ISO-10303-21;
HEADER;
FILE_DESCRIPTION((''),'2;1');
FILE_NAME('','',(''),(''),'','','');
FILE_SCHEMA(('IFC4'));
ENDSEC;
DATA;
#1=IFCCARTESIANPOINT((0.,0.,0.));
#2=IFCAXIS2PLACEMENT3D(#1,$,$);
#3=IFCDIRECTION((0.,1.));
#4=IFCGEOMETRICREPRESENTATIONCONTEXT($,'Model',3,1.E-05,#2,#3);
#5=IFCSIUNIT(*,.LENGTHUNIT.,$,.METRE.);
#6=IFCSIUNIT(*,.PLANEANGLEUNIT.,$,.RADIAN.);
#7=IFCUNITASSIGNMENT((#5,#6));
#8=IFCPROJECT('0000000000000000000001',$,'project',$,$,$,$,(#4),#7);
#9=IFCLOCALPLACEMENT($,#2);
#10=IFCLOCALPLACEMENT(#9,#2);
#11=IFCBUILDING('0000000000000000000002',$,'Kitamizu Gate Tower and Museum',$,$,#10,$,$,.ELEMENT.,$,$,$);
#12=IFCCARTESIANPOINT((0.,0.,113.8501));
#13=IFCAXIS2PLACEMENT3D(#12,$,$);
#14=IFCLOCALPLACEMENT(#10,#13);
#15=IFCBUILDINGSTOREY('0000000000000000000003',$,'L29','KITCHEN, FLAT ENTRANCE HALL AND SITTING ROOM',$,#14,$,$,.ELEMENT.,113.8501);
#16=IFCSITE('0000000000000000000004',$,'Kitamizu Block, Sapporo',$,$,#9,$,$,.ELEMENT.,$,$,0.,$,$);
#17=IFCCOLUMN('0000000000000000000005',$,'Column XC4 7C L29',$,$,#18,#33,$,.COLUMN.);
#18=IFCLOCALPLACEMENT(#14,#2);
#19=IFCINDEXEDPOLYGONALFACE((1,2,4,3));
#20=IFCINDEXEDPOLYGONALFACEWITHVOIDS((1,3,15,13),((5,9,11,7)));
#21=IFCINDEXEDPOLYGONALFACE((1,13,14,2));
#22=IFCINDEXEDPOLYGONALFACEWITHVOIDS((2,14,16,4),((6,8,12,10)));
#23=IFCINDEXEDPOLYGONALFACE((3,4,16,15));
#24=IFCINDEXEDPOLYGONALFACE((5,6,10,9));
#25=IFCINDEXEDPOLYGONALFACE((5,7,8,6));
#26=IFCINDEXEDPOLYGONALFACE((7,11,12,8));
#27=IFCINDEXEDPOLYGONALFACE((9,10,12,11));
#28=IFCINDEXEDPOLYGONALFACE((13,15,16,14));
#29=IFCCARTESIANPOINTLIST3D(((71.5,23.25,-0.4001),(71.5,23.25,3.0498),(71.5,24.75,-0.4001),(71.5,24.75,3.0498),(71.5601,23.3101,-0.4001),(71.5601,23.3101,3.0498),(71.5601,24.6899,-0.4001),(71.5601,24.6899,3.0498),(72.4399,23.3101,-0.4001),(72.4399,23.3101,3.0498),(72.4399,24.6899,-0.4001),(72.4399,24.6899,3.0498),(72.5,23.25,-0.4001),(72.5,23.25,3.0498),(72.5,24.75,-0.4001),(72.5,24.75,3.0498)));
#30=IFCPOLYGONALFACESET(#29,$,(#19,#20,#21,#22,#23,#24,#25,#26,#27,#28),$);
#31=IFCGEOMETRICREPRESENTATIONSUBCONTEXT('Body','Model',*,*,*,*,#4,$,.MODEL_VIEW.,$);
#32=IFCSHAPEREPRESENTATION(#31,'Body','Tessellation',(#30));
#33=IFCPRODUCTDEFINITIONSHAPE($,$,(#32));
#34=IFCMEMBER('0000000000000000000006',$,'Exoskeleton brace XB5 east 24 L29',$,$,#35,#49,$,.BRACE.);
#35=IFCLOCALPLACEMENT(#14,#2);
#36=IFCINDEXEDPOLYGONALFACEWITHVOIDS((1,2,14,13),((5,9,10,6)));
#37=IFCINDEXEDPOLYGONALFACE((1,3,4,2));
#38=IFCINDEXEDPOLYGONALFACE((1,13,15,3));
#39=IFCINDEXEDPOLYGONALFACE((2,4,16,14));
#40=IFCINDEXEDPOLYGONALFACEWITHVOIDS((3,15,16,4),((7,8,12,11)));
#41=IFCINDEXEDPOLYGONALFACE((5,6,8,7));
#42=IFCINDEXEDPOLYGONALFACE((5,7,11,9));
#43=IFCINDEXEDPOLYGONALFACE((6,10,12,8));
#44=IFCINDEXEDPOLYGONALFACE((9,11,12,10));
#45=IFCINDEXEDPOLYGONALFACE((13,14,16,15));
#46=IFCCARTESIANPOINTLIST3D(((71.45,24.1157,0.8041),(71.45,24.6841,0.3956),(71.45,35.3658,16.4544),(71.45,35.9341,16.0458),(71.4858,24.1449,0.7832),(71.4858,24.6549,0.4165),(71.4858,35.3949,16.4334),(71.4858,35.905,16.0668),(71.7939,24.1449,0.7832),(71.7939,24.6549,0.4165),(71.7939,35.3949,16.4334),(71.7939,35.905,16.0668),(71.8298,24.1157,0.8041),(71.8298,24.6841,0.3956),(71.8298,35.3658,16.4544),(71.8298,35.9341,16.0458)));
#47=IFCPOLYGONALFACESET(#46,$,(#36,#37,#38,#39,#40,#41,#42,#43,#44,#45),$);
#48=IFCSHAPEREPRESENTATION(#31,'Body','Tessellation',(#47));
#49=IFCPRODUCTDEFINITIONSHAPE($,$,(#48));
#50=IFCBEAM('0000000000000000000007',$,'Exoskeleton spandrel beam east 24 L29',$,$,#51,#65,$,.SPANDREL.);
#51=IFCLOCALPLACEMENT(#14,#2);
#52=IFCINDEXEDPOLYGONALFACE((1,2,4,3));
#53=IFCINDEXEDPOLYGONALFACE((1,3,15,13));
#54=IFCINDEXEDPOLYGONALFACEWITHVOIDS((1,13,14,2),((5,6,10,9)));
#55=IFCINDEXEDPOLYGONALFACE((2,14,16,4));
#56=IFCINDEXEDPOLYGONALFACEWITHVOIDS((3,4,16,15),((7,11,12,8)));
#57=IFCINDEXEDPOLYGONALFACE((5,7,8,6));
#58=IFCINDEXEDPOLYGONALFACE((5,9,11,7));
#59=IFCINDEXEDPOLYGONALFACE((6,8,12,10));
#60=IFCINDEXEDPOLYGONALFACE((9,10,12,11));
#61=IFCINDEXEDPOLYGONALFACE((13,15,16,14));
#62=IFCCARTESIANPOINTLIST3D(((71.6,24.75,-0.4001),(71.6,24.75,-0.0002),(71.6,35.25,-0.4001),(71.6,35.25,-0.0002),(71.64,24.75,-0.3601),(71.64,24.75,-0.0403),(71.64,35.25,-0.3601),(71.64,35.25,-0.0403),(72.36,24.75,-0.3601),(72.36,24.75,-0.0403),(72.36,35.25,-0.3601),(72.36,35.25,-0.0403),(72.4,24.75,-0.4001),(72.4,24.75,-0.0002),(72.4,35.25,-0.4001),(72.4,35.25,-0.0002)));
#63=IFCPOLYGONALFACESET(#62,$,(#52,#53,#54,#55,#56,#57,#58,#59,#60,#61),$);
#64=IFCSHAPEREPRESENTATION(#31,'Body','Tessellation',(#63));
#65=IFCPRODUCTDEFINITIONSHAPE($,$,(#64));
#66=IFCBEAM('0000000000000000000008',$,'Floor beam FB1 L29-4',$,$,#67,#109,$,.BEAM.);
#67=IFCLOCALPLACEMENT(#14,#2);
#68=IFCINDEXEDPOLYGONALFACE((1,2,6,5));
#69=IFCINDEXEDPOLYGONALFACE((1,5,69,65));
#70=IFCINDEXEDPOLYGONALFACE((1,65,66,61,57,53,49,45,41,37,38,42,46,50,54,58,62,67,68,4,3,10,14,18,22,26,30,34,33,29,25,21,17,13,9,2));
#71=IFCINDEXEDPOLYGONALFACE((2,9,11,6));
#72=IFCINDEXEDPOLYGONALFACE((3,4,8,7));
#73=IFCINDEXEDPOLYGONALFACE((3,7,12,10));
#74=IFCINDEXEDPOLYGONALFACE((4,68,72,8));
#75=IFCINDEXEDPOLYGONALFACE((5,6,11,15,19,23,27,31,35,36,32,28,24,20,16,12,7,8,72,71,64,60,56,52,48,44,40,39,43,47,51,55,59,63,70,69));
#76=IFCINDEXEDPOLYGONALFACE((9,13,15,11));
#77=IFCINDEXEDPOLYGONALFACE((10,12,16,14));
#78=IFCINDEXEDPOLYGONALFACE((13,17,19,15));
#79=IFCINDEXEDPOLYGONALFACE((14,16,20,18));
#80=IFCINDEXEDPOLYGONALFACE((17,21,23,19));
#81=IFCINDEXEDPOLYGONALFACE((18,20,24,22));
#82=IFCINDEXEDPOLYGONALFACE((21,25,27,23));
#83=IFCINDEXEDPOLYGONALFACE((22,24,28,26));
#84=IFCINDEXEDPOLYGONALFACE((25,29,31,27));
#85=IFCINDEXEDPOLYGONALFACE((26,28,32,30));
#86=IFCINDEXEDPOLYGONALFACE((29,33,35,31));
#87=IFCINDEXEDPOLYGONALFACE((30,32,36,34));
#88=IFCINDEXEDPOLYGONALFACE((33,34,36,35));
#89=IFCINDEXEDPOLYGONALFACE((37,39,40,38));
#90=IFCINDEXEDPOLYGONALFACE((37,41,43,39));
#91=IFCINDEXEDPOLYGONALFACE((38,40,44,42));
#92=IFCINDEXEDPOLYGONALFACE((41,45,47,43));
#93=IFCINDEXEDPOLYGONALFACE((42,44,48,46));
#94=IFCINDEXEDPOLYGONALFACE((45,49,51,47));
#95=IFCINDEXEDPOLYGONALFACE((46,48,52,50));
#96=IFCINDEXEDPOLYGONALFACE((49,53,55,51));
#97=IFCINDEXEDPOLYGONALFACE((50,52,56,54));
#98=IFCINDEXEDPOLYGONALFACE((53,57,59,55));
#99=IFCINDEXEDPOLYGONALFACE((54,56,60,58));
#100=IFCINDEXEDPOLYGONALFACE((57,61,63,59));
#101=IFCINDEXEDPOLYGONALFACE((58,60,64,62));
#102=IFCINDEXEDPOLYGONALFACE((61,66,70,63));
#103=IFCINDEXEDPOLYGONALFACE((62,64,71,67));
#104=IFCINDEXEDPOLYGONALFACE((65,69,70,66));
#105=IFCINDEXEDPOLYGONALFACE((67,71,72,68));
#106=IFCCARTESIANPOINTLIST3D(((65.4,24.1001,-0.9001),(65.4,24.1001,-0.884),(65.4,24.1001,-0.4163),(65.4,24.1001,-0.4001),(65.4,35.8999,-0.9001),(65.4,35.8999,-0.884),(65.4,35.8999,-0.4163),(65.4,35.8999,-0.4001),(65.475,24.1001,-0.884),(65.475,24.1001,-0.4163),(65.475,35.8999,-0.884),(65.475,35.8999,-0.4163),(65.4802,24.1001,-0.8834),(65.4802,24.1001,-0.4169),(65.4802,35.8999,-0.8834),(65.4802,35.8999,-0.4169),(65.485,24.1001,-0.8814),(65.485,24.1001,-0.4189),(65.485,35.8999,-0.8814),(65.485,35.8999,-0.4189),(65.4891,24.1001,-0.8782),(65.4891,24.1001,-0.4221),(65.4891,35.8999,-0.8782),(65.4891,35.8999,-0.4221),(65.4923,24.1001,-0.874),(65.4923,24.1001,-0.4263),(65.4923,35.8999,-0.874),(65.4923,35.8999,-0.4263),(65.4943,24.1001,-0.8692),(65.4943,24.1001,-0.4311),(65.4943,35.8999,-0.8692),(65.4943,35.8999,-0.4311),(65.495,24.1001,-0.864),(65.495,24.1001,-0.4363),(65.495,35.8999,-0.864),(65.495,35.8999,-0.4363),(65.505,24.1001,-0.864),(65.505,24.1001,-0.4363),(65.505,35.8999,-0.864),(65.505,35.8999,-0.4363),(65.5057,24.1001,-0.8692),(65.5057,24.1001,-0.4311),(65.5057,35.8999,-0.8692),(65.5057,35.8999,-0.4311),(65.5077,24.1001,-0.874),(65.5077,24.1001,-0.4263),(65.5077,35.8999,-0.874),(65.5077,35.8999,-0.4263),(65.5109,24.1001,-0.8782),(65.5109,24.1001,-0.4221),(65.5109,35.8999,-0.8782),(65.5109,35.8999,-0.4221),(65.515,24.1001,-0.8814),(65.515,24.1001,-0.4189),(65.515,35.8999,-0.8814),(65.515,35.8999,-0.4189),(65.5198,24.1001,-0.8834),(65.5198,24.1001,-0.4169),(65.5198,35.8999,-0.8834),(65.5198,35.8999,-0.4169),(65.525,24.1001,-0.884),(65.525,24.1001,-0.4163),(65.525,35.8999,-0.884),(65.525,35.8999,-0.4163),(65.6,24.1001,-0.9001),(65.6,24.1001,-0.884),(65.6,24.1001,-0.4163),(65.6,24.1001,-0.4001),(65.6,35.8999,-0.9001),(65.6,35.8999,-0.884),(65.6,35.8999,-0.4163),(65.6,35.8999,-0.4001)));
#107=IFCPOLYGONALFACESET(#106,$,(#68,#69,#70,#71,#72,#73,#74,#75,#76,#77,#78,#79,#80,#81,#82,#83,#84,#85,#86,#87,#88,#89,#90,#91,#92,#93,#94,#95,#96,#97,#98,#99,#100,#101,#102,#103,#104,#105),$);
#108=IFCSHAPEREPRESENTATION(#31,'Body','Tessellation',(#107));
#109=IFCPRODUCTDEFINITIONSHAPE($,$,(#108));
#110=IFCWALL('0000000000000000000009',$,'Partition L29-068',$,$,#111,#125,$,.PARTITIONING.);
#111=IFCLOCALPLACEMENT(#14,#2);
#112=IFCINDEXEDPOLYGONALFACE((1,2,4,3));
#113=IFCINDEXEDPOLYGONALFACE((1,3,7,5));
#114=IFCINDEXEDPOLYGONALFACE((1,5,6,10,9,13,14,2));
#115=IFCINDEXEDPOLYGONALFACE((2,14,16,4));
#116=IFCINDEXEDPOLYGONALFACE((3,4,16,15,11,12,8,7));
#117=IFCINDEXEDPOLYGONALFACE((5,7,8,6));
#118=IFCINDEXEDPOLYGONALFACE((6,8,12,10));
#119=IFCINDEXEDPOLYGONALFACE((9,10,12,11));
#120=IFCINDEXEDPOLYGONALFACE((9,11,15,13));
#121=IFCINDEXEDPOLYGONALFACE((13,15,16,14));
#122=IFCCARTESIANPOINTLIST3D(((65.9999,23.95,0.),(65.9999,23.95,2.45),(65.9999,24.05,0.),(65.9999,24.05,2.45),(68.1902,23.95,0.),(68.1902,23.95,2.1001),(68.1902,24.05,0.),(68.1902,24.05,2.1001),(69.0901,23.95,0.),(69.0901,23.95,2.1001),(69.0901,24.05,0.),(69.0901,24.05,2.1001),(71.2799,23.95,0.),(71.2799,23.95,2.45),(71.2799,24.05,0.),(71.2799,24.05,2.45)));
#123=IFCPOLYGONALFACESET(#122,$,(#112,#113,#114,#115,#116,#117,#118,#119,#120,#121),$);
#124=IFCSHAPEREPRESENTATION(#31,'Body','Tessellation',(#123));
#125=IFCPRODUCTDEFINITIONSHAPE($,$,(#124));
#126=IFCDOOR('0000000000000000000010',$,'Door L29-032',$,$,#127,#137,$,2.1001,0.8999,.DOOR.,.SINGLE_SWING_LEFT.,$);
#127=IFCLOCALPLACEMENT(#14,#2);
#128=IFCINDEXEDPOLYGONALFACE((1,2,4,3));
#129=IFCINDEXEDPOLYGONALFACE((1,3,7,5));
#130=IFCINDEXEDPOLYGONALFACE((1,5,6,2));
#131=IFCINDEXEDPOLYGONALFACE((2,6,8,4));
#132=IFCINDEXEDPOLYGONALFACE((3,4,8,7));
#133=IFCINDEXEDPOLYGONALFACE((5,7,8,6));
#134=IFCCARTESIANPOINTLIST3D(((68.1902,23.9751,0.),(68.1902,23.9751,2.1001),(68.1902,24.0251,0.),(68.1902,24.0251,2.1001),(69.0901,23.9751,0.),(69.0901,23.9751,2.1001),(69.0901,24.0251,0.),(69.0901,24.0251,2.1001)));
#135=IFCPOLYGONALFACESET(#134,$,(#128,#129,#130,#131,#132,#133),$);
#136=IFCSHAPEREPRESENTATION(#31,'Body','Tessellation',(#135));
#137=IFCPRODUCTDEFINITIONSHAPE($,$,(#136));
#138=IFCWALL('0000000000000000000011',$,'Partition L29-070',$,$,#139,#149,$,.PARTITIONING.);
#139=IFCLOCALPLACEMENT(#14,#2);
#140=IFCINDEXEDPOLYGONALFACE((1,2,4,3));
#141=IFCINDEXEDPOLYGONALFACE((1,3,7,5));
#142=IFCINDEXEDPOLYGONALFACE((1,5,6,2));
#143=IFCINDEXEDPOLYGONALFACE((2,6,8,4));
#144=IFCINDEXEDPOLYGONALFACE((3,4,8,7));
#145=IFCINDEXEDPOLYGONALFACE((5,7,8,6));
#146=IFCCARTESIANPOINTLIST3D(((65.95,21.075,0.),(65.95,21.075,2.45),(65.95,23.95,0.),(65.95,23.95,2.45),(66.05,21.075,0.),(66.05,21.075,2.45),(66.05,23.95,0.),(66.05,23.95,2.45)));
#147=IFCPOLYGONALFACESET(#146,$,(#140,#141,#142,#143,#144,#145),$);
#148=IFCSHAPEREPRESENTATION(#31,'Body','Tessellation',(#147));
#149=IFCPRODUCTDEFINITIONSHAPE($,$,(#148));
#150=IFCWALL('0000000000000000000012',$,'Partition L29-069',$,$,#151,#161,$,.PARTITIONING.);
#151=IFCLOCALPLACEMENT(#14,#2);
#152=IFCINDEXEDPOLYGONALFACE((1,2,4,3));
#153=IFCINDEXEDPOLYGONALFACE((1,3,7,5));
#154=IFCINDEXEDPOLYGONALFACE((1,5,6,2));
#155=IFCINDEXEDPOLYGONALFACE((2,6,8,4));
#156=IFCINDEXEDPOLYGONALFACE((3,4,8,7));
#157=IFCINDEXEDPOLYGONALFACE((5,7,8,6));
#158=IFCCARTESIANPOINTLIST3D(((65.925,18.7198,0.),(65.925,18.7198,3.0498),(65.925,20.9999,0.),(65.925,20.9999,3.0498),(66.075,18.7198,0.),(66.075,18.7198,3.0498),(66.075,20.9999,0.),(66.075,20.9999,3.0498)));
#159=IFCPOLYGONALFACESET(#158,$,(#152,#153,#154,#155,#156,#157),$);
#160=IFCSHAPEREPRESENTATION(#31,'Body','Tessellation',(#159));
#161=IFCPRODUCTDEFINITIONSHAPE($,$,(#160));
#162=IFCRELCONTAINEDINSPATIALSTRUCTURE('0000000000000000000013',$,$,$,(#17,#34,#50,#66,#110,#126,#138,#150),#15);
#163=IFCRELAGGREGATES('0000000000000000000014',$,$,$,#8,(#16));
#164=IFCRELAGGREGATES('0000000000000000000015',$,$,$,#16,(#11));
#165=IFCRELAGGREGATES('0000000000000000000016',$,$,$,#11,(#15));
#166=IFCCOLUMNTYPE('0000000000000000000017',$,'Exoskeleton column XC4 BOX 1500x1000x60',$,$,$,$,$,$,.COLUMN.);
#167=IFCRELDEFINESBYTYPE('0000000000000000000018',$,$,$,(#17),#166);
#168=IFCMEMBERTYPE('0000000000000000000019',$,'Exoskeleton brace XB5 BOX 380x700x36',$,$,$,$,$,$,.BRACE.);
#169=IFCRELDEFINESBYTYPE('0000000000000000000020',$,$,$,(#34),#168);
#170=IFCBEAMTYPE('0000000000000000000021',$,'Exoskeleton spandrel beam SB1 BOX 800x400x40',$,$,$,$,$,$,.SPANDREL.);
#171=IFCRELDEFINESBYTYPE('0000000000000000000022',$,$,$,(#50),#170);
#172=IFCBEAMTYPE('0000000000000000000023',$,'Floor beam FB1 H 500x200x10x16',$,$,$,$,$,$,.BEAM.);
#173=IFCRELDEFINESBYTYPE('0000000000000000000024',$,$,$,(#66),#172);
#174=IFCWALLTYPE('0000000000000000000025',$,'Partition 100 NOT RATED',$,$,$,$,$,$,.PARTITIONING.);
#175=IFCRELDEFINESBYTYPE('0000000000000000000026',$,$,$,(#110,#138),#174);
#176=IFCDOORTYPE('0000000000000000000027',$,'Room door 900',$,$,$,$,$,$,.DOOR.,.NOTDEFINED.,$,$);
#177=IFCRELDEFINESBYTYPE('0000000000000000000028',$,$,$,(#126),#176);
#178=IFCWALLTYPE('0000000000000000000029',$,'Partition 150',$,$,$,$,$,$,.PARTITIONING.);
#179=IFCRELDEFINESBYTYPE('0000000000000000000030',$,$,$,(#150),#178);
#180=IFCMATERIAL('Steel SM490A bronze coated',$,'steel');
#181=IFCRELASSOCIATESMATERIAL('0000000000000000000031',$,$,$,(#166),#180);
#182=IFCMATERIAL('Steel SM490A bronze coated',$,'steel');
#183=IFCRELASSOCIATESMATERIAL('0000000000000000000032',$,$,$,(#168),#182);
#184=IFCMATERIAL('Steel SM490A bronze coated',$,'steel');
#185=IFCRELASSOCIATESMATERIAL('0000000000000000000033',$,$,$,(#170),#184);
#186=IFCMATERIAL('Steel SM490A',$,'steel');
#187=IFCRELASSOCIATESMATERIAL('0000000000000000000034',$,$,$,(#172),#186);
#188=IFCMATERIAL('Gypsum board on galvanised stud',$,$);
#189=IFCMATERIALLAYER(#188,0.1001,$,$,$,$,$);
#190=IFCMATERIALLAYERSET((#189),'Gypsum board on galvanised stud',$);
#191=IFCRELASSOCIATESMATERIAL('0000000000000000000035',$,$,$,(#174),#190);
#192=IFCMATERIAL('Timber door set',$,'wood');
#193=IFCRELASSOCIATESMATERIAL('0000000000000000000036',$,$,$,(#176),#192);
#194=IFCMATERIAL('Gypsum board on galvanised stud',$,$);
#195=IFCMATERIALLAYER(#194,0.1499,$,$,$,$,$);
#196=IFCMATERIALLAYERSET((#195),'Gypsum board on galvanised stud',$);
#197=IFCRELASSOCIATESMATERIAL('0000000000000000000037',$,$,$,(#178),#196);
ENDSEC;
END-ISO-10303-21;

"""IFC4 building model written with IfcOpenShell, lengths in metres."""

from ifc_helpers import new_model, si_unit, direction, frame, frame_2d, origin, origin_2d, place, context, subcontext, project, spatial, rectangle, hollow_rectangle, i_section, extrude, material, layer, layer_set, material_profile, profile_set, type_object, element, fill, save


model = new_model("IFC4")

# Units and contexts
model_context = context("Model", 3, precision=1e-05, world=origin(), true_north=direction((0.0, 1.0)))
body_context = subcontext(model_context, "Body", "Model", "MODEL_VIEW")
ifc_project = project(units=[si_unit("LENGTHUNIT", "METRE"), si_unit("PLANEANGLEUNIT", "RADIAN")], contexts=[model_context])

# Site, building, storey
site_placement = place(None, origin())
site = spatial("IfcSite", under=ifc_project, at=site_placement, Name="Kitamizu Block, Sapporo", CompositionType="ELEMENT", RefElevation=0.0)
building_placement = place(site_placement, origin())
building = spatial("IfcBuilding", under=site, at=building_placement, Name="Kitamizu Gate Tower and Museum", CompositionType="ELEMENT")
storey_placement = place(building_placement, frame((0.0, 0.0, 113.8501)))
storey = spatial("IfcBuildingStorey", under=building, at=storey_placement, Name="L29", Description="KITCHEN, FLAT ENTRANCE HALL AND SITTING ROOM", CompositionType="ELEMENT", Elevation=113.8501)

# Column
ifc_material_1 = material(Name="Steel SM490A bronze coated", Category="steel")
ifc_material_profile_1 = material_profile(ifc_material_1, hollow_rectangle(XDim=1.5, YDim=1.0, WallThickness=0.0601, at=origin_2d()), Name="BOX 1500x1000x60")
ifc_profile_set_1 = profile_set([ifc_material_profile_1], Name="Steel SM490A bronze coated")
column_type = type_object("IfcColumnType", Name="Exoskeleton column XC4 BOX 1500x1000x60", PredefinedType="COLUMN", material=ifc_profile_set_1)
column_placement = place(storey_placement, frame((72.0, 24.0, -0.4001), z_axis=(0.0, 0.0, 1.0), x_axis=(0.0, 1.0, 0.0)))
element("IfcColumn", 1, at=column_placement, inside=storey, type_object=column_type, Name="Column XC4 7C L29", PredefinedType="COLUMN", context=body_context, shape_type="SweptSolid", body=[
    extrude(hollow_rectangle(XDim=1.5, YDim=1.0, WallThickness=0.0601, at=origin_2d()), origin(), (0.0, 0.0, 1.0), 3.45),
])

# Member
ifc_material_2 = material(Name="Steel SM490A bronze coated", Category="steel")
ifc_material_profile_2 = material_profile(ifc_material_2, hollow_rectangle(XDim=0.3799, YDim=0.7, WallThickness=0.0359, at=origin_2d()), Name="BOX 380x700x36")
ifc_profile_set_2 = profile_set([ifc_material_profile_2], Name="Steel SM490A bronze coated")
member_type = type_object("IfcMemberType", Name="Exoskeleton brace XB5 BOX 380x700x36", PredefinedType="BRACE", material=ifc_profile_set_2)
member_placement = place(storey_placement, frame((71.6399, 24.3999, 0.5999), z_axis=(0.0, 0.583686, 0.81198), x_axis=(-1.0, 0.0, 0.0)))
element("IfcMember", 2, at=member_placement, inside=storey, type_object=member_type, Name="Exoskeleton brace XB5 east 24 L29", PredefinedType="BRACE", context=body_context, shape_type="SweptSolid", body=[
    extrude(hollow_rectangle(XDim=0.3799, YDim=0.7, WallThickness=0.0359, at=origin_2d()), origin(), (0.0, 0.0, 1.0), 19.2742),
])

# Beams
ifc_material_3 = material(Name="Steel SM490A bronze coated", Category="steel")
ifc_material_profile_3 = material_profile(ifc_material_3, hollow_rectangle(XDim=0.8, YDim=0.3999, WallThickness=0.04, at=origin_2d()), Name="BOX 800x400x40")
ifc_profile_set_3 = profile_set([ifc_material_profile_3], Name="Steel SM490A bronze coated")
beam_type_1 = type_object("IfcBeamType", Name="Exoskeleton spandrel beam SB1 BOX 800x400x40", PredefinedType="SPANDREL", material=ifc_profile_set_3)
beam_1_placement = place(storey_placement, frame((72.0, 24.75, -0.2002), z_axis=(0.0, 1.0, 0.0), x_axis=(-1.0, 0.0, 0.0)))
element("IfcBeam", 3, at=beam_1_placement, inside=storey, type_object=beam_type_1, Name="Exoskeleton spandrel beam east 24 L29", PredefinedType="SPANDREL", context=body_context, shape_type="SweptSolid", body=[
    extrude(hollow_rectangle(XDim=0.8, YDim=0.3999, WallThickness=0.04, at=origin_2d()), origin(), (0.0, 0.0, 1.0), 10.5),
])
ifc_material_4 = material(Name="Steel SM490A", Category="steel")
ifc_material_profile_4 = material_profile(ifc_material_4, i_section(OverallWidth=0.2, OverallDepth=0.5, WebThickness=0.01, FlangeThickness=0.0161, FilletRadius=0.02, at=origin_2d()), Name="H-500x200x10x16")
ifc_profile_set_4 = profile_set([ifc_material_profile_4], Name="Steel SM490A")
beam_type_2 = type_object("IfcBeamType", Name="Floor beam FB1 H 500x200x10x16", PredefinedType="BEAM", material=ifc_profile_set_4)
beam_2_placement = place(storey_placement, frame((65.5, 24.1001, -0.6501), z_axis=(0.0, 1.0, 0.0), x_axis=(-1.0, 0.0, 0.0)))
element("IfcBeam", 4, at=beam_2_placement, inside=storey, type_object=beam_type_2, Name="Floor beam FB1 L29-4", PredefinedType="BEAM", context=body_context, shape_type="SweptSolid", body=[
    extrude(i_section(OverallWidth=0.2, OverallDepth=0.5, WebThickness=0.01, FlangeThickness=0.0161, FilletRadius=0.02, at=origin_2d()), origin(), (0.0, 0.0, 1.0), 11.7998),
])

# Wall, opening, door
ifc_material_5 = material(Name="Gypsum board on galvanised stud")
ifc_layer_1 = layer(ifc_material_5, 0.1001)
ifc_layer_set_1 = layer_set([ifc_layer_1], Name="Gypsum board on galvanised stud")
wall_type_1 = type_object("IfcWallType", Name="Partition 100 NOT RATED", PredefinedType="PARTITIONING", material=ifc_layer_set_1)
wall_1_placement = place(storey_placement, frame((71.28, 24.0, 0.0), z_axis=(0.0, 0.0, 1.0), x_axis=(-1.0, 0.0, 0.0)))
wall_1 = element("IfcWall", 5, at=wall_1_placement, inside=storey, type_object=wall_type_1, Name="Partition L29-068", PredefinedType="PARTITIONING", context=body_context, shape_type="SweptSolid", body=[
    extrude(rectangle(XDim=5.28, YDim=0.1001, at=frame_2d((2.6401, 0.0))), origin(), (0.0, 0.0, 1.0), 2.45),
])
opening_1_placement = place(wall_1_placement, frame((2.1899, 0.0, 0.0)))
opening_1 = element("IfcOpeningElement", 6, at=opening_1_placement, cuts=wall_1, PredefinedType="OPENING", context=body_context, shape_type="SweptSolid", body=[
    extrude(rectangle(XDim=0.8999, YDim=2.1001, at=frame_2d((0.45, 1.05))), frame((0.0, 0.0601, 0.0), z_axis=(0.0, -1.0, 0.0), x_axis=(1.0, 0.0, 0.0)), (0.0, 0.0, 1.0), 0.1201),
])
ifc_material_6 = material(Name="Timber door set", Category="wood")
door_type_1 = type_object("IfcDoorType", Name="Room door 900", OperationType="NOTDEFINED", PredefinedType="DOOR", material=ifc_material_6)
door_1_placement = place(opening_1_placement, origin())
door_1 = element("IfcDoor", 7, at=door_1_placement, inside=storey, type_object=door_type_1, Name="Door L29-032", OperationType="SINGLE_SWING_LEFT", OverallHeight=2.1001, OverallWidth=0.8999, PredefinedType="DOOR", context=body_context, shape_type="SweptSolid", body=[
    extrude(rectangle(XDim=0.8999, YDim=2.1001, at=frame_2d((0.45, 1.05))), frame((0.0, 0.0249, 0.0), z_axis=(0.0, -1.0, 0.0), x_axis=(1.0, 0.0, 0.0)), (0.0, 0.0, 1.0), 0.05),
])
fill(opening_1, door_1)

# Walls
wall_2_placement = place(storey_placement, frame((66.0, 23.95, 0.0), z_axis=(0.0, 0.0, 1.0), x_axis=(0.0, -1.0, 0.0)))
element("IfcWall", 8, at=wall_2_placement, inside=storey, type_object=wall_type_1, Name="Partition L29-070", PredefinedType="PARTITIONING", context=body_context, shape_type="SweptSolid", body=[
    extrude(rectangle(XDim=2.875, YDim=0.1001, at=frame_2d((1.4375, 0.0))), origin(), (0.0, 0.0, 1.0), 2.45),
])
ifc_material_7 = material(Name="Gypsum board on galvanised stud")
ifc_layer_2 = layer(ifc_material_7, 0.1499)
ifc_layer_set_2 = layer_set([ifc_layer_2], Name="Gypsum board on galvanised stud")
wall_type_2 = type_object("IfcWallType", Name="Partition 150", PredefinedType="PARTITIONING", material=ifc_layer_set_2)
wall_3_placement = place(storey_placement, frame((66.0, 21.0, 0.0), z_axis=(0.0, 0.0, 1.0), x_axis=(0.0, -1.0, 0.0)))
element("IfcWall", 9, at=wall_3_placement, inside=storey, type_object=wall_type_2, Name="Partition L29-069", PredefinedType="PARTITIONING", context=body_context, shape_type="SweptSolid", body=[
    extrude(rectangle(XDim=2.28, YDim=0.1499, at=frame_2d((1.1401, 0.0))), origin(), (0.0, 0.0, 1.0), 3.0498),
])

save(model, "model.ifc")
